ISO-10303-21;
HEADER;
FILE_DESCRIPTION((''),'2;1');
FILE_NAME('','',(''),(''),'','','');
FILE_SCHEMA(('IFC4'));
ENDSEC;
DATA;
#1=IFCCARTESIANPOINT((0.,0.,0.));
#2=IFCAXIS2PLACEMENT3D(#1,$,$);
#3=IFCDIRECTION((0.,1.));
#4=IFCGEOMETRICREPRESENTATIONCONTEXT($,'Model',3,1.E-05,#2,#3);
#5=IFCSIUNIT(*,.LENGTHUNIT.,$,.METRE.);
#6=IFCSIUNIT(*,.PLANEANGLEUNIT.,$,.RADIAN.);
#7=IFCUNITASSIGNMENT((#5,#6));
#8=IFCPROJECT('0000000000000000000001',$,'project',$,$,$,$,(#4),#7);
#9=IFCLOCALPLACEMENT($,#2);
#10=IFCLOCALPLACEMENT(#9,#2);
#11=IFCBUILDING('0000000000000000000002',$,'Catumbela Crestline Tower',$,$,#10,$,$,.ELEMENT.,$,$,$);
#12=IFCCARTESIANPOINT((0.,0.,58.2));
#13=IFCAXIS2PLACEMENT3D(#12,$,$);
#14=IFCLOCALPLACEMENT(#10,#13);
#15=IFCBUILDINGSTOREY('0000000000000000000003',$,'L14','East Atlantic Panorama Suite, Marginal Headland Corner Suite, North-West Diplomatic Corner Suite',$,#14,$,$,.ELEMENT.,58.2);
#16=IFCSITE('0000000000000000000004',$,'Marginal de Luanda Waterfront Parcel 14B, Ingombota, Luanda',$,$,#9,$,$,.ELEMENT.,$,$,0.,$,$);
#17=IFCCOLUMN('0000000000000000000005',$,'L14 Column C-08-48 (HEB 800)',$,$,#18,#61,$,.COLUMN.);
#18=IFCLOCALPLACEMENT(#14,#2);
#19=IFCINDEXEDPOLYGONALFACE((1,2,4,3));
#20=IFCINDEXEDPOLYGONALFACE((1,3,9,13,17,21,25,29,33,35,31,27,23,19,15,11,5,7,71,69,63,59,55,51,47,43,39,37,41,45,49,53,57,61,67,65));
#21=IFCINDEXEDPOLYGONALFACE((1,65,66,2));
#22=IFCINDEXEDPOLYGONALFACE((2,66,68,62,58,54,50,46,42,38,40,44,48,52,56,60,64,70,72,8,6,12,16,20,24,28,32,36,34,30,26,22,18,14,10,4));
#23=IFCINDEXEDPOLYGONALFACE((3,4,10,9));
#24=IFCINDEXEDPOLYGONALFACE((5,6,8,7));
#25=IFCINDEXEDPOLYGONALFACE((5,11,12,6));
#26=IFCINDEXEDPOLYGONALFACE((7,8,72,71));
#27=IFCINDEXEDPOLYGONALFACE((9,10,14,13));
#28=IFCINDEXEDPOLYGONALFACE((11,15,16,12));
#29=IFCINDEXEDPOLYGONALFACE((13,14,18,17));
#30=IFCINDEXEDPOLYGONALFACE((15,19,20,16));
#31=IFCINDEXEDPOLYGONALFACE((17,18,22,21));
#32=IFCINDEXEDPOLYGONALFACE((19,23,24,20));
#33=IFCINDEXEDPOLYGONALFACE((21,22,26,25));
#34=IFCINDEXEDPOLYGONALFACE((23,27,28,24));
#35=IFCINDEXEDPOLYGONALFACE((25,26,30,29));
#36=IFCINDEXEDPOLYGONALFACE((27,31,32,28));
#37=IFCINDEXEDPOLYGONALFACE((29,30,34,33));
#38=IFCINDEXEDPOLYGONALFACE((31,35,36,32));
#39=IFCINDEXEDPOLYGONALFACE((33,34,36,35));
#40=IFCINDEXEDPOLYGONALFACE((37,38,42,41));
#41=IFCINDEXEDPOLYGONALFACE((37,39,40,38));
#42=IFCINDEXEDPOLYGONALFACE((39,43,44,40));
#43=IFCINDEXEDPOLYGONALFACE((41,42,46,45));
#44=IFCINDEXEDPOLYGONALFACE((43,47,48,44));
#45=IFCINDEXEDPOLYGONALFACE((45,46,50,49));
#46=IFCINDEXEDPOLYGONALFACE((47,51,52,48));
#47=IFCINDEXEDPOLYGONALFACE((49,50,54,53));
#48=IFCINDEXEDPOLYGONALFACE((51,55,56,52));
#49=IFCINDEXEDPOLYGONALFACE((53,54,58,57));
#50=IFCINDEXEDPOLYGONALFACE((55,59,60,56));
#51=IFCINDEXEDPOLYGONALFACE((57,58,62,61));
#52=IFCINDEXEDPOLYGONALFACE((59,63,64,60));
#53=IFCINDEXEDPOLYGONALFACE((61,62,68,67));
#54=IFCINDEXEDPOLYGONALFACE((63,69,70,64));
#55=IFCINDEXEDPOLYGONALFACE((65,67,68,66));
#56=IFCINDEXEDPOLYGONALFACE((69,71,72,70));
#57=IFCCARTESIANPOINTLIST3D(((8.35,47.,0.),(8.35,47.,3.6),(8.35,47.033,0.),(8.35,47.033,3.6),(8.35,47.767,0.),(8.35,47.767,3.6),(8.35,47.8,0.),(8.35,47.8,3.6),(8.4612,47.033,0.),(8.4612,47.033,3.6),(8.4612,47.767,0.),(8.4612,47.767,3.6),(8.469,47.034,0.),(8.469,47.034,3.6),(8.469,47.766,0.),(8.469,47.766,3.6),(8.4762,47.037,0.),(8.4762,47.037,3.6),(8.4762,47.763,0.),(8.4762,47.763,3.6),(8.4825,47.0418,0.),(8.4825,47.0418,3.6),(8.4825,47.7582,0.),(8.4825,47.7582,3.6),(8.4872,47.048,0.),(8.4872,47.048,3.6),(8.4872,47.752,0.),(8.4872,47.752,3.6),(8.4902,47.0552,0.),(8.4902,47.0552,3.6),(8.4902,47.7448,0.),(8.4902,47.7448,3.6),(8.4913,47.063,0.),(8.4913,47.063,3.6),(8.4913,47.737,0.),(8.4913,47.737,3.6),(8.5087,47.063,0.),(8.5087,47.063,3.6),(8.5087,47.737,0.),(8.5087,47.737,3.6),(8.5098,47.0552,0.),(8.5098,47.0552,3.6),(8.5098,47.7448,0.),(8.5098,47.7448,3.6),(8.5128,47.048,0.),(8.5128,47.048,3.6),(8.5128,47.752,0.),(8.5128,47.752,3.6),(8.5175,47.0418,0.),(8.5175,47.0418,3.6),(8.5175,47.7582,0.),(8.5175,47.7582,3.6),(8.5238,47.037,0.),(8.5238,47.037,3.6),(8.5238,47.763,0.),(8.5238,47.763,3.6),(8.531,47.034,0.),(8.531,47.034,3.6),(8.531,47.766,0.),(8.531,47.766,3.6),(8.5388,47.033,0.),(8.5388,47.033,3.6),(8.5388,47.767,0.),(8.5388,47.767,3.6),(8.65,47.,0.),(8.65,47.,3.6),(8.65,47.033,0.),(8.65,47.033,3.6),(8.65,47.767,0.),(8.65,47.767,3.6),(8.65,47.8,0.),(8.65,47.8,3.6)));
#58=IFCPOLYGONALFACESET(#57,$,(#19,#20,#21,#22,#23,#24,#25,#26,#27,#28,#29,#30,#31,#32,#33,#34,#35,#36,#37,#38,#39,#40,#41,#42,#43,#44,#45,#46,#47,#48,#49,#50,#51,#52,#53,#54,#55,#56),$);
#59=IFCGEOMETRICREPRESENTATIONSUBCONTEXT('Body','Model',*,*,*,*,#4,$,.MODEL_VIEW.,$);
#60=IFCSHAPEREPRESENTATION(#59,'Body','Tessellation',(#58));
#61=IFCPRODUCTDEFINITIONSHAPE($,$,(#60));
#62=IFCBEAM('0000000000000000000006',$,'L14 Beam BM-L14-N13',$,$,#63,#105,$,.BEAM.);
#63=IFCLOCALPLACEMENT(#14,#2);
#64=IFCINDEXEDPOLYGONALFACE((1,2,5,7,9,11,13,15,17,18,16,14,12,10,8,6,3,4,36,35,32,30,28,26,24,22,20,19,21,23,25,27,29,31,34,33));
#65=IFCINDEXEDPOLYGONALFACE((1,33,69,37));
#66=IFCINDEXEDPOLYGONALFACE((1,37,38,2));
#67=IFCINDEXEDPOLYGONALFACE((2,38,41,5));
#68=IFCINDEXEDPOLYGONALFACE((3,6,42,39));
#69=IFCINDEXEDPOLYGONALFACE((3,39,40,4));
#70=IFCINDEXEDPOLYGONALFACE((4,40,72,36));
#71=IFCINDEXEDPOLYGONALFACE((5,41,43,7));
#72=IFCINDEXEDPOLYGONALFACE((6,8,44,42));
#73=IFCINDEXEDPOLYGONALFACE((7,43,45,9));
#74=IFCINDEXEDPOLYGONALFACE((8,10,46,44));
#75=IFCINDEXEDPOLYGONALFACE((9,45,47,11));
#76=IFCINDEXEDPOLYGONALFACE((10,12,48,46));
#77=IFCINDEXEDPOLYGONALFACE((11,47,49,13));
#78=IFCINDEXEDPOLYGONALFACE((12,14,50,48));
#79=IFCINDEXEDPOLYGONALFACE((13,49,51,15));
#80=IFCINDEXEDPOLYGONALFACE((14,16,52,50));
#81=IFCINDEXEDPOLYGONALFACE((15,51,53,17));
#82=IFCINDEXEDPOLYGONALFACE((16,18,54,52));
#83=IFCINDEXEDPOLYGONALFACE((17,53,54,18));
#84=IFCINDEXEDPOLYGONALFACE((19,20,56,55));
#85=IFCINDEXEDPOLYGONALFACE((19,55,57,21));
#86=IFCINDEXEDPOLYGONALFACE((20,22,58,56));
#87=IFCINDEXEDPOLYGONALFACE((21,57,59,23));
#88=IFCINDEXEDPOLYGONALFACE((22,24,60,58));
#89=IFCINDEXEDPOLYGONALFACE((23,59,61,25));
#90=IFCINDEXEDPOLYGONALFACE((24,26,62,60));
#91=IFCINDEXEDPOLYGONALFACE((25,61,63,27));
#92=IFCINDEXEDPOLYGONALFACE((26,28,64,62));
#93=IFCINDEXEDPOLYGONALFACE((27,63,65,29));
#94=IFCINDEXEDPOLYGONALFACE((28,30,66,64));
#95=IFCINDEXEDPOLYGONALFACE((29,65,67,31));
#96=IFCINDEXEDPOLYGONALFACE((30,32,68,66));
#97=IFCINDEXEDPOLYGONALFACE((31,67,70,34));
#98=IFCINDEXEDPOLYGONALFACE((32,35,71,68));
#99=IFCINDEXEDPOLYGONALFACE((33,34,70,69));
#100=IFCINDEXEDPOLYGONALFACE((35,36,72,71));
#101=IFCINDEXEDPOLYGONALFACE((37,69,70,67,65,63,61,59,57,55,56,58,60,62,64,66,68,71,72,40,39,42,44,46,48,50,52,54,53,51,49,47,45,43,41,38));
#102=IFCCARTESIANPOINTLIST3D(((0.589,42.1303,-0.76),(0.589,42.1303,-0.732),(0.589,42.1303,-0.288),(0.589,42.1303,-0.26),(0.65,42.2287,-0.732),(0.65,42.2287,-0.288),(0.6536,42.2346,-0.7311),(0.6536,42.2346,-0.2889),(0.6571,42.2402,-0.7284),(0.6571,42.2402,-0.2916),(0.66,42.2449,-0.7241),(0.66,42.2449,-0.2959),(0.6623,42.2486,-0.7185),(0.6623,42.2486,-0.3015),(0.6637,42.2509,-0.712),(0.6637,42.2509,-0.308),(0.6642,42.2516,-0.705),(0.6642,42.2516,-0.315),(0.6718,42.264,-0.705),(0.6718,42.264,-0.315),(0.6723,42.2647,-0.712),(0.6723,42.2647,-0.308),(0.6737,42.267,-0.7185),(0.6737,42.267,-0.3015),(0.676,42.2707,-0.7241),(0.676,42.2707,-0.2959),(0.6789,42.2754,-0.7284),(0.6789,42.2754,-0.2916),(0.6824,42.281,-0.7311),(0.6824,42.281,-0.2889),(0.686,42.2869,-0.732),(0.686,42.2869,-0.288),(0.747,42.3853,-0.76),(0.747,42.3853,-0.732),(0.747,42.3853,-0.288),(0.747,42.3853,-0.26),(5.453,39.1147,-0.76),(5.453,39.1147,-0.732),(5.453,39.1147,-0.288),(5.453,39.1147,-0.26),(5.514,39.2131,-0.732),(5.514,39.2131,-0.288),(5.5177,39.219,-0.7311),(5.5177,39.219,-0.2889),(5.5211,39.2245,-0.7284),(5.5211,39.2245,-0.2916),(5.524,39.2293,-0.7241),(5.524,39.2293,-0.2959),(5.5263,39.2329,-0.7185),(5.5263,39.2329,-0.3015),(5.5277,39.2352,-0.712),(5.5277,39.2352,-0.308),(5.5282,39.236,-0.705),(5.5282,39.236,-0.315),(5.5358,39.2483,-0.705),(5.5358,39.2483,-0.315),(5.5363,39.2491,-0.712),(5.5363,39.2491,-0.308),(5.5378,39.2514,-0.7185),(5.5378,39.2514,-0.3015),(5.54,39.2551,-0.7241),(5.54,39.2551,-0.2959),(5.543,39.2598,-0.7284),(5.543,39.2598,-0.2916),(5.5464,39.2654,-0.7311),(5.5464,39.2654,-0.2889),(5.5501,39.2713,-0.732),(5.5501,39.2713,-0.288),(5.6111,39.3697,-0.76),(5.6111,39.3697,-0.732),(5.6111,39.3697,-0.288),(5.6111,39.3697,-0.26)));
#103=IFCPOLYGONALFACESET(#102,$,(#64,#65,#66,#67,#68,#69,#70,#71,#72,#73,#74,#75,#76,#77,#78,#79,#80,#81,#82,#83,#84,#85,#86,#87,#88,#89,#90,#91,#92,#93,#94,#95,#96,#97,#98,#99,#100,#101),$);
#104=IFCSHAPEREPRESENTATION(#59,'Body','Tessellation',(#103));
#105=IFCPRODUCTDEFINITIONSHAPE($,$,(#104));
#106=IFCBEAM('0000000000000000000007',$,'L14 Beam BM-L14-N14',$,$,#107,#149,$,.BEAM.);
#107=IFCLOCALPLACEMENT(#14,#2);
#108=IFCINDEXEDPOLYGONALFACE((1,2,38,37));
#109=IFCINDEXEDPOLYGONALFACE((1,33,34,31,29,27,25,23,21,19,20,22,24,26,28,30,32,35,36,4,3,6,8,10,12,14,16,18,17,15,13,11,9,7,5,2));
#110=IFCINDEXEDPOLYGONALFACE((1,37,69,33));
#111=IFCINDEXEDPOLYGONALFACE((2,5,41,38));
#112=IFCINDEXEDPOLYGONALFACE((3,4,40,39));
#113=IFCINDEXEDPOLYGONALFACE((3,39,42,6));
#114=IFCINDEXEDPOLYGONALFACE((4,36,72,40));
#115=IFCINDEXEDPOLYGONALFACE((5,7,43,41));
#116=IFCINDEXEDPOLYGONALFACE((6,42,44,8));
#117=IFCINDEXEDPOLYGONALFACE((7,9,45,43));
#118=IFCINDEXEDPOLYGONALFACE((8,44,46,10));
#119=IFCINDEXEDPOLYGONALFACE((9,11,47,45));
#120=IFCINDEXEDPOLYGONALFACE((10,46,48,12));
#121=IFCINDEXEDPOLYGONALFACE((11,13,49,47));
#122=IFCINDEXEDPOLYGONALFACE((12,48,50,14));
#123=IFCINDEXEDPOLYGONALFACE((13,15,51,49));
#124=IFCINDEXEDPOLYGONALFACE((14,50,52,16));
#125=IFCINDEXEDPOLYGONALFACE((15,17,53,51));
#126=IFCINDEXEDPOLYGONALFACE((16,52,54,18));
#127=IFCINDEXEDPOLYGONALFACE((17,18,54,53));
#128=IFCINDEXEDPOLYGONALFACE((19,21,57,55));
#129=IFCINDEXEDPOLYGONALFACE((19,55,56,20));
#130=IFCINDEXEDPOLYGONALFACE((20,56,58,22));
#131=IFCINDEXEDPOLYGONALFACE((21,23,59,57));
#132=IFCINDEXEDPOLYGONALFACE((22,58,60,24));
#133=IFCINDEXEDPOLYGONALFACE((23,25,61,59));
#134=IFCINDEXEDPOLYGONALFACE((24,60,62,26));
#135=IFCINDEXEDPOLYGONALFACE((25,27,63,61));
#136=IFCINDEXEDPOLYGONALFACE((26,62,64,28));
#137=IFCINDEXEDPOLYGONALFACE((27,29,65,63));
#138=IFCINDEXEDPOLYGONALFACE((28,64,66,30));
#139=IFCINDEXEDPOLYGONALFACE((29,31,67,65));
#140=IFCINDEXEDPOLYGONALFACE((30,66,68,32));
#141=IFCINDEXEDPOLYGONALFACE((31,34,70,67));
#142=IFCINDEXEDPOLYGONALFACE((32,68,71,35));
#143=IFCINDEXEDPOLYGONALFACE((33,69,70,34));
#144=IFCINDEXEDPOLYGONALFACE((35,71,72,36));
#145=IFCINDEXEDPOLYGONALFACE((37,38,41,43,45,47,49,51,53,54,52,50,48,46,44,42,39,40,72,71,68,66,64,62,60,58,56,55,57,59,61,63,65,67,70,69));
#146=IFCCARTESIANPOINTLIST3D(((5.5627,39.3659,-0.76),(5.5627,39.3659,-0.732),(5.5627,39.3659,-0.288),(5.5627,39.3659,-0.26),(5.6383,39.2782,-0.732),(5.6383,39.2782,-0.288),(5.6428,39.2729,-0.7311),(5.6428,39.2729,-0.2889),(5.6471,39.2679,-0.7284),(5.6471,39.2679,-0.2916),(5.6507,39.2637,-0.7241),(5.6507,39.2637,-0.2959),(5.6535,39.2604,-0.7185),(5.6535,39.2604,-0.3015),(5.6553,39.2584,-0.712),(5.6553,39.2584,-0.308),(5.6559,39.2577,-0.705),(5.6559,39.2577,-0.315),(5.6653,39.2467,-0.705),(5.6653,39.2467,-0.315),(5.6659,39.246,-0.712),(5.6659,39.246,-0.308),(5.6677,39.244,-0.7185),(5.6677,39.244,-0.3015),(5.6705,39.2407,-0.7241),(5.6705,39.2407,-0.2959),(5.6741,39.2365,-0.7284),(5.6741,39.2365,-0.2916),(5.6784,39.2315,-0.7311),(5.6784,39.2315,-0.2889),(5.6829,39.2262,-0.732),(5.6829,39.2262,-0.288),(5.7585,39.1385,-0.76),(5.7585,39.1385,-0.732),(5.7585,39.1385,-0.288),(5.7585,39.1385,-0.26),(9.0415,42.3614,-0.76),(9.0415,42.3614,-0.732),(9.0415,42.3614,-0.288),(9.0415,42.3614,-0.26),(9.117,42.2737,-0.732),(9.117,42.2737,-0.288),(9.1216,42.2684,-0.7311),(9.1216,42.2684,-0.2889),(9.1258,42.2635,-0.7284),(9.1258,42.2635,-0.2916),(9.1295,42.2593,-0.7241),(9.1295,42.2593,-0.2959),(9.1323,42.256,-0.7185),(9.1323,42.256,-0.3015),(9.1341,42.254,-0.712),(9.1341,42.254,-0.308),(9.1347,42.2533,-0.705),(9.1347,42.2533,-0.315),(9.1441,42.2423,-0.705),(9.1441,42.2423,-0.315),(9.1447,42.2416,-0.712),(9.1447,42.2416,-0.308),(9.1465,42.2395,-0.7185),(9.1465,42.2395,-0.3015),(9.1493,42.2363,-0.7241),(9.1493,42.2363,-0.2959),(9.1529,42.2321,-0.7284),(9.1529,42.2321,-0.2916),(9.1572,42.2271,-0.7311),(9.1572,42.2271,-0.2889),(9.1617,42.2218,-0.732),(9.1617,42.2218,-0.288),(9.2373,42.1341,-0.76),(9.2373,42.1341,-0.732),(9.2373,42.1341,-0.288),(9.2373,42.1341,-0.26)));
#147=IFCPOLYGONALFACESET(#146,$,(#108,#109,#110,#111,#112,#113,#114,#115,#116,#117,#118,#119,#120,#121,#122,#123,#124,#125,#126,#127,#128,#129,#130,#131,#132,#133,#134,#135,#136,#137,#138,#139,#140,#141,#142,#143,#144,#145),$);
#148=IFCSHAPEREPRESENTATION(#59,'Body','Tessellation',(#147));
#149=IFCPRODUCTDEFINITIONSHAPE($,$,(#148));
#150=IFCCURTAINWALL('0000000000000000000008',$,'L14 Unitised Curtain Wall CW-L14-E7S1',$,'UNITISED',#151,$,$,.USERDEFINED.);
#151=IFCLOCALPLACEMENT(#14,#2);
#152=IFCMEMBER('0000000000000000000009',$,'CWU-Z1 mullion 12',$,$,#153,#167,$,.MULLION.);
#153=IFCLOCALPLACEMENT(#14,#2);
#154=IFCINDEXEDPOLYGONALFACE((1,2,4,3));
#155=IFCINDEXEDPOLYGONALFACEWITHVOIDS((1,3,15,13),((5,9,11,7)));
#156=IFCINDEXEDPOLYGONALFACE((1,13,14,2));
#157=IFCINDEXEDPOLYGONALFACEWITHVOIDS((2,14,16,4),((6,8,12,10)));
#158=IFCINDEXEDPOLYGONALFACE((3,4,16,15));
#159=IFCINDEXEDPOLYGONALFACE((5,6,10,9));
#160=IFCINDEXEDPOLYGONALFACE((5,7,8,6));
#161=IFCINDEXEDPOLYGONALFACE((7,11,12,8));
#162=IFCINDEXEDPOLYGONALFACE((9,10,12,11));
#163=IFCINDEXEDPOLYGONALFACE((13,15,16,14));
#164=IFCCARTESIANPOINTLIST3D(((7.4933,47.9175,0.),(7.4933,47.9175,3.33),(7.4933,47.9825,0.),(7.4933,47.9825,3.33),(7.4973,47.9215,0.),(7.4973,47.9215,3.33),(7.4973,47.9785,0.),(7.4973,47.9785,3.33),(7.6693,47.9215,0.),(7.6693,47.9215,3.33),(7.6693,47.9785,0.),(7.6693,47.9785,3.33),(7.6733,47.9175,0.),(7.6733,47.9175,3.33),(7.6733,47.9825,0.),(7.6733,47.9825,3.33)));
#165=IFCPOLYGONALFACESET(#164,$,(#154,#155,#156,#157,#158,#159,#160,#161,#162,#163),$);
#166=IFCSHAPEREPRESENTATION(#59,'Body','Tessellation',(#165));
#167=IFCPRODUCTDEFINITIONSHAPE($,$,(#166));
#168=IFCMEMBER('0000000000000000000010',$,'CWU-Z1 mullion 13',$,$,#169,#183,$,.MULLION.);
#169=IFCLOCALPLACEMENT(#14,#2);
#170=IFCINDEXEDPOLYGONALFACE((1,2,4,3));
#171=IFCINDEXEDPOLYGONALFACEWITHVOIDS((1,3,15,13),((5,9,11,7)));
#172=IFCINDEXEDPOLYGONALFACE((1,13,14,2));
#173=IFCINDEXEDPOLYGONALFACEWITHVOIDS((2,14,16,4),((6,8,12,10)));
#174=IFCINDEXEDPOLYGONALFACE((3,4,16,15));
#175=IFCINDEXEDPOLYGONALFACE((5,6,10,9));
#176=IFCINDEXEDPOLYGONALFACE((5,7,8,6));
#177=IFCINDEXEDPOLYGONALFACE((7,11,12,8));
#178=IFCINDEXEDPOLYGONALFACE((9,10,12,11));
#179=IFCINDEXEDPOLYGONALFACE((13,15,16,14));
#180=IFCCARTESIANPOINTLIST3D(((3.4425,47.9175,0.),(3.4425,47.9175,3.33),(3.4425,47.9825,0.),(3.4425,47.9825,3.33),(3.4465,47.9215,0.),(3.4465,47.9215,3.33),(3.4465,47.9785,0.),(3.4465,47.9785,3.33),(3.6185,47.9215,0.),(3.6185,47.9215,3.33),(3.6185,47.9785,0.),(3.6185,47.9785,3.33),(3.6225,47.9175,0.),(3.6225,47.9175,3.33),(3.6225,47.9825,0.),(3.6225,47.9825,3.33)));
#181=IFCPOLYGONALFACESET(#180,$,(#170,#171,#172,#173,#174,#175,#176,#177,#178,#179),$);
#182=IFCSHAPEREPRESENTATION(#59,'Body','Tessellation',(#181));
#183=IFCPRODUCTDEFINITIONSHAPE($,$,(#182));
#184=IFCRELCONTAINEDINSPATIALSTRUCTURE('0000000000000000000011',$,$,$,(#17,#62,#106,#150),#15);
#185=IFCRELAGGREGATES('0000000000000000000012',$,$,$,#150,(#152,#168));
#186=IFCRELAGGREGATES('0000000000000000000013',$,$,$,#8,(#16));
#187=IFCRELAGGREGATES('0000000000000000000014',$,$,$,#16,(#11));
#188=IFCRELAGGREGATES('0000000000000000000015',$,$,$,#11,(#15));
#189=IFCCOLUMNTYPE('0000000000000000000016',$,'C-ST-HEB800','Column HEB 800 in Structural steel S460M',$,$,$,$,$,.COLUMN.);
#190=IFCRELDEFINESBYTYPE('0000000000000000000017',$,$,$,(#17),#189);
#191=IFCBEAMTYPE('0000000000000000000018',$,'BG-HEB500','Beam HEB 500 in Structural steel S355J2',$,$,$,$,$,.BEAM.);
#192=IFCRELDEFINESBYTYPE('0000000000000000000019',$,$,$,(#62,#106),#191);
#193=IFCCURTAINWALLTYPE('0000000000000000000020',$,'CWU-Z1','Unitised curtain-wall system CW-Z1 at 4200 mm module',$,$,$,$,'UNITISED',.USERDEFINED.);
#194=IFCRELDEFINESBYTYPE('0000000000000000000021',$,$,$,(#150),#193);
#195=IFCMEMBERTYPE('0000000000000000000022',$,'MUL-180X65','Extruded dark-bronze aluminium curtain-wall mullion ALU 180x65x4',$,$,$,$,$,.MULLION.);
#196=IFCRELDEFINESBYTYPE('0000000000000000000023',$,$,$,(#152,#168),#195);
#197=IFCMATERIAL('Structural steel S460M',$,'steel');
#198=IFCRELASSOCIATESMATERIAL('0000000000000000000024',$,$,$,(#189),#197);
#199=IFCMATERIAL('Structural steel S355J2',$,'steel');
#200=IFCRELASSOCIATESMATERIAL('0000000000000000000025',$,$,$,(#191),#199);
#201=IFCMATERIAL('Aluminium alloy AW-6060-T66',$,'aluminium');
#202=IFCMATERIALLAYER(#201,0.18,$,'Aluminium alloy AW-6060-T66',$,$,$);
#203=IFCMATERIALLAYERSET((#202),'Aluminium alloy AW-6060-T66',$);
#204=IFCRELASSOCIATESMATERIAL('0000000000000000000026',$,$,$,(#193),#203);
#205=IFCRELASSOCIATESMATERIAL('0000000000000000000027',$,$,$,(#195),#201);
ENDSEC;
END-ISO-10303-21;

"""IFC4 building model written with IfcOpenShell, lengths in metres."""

from ifc_helpers import new_model, si_unit, direction, frame, origin, origin_2d, place, context, subcontext, project, spatial, hollow_rectangle, i_section, extrude, material, layer, layer_set, material_profile, profile_set, type_object, element, aggregate, save


model = new_model("IFC4")

# Units and contexts
model_context = context("Model", 3, precision=1e-05, world=origin(), true_north=direction((0.0, 1.0)))
body_context = subcontext(model_context, "Body", "Model", "MODEL_VIEW")
ifc_project = project(units=[si_unit("LENGTHUNIT", "METRE"), si_unit("PLANEANGLEUNIT", "RADIAN")], contexts=[model_context])

# Site, building, storey
site_placement = place(None, origin())
site = spatial("IfcSite", under=ifc_project, at=site_placement, Name="Marginal de Luanda Waterfront Parcel 14B, Ingombota, Luanda", CompositionType="ELEMENT", RefElevation=0.0)
building_placement = place(site_placement, origin())
building = spatial("IfcBuilding", under=site, at=building_placement, Name="Catumbela Crestline Tower", CompositionType="ELEMENT")
storey_placement = place(building_placement, frame((0.0, 0.0, 58.2)))
storey = spatial("IfcBuildingStorey", under=building, at=storey_placement, Name="L14", Description="East Atlantic Panorama Suite, Marginal Headland Corner Suite, North-West Diplomatic Corner Suite", CompositionType="ELEMENT", Elevation=58.2)

# Column
ifc_material_1 = material(Name="Structural steel S460M", Category="steel")
ifc_material_profile_1 = material_profile(ifc_material_1, i_section(OverallWidth=0.3, OverallDepth=0.8, WebThickness=0.0175, FlangeThickness=0.033, FilletRadius=0.03, at=origin_2d()), Name="HEB 800")
ifc_profile_set_1 = profile_set([ifc_material_profile_1], Name="Structural steel S460M")
column_type = type_object("IfcColumnType", Name="C-ST-HEB800", Description="Column HEB 800 in Structural steel S460M", PredefinedType="COLUMN", material=ifc_profile_set_1)
for number, where, z_axis, x_axis, name in (
    (1, (8.5, 47.4, 0.0), (0.0, 0.0, 1.0), (1.0, 0.0, 0.0), "L14 Column C-08-48 (HEB 800)"),
):
    element("IfcColumn", number, at=place(storey_placement, frame(where, z_axis=z_axis, x_axis=x_axis)), inside=storey, type_object=column_type, Name=name, PredefinedType="COLUMN", context=body_context, shape_type="SweptSolid", body=[
        extrude(i_section(OverallWidth=0.3, OverallDepth=0.8, WebThickness=0.0175, FlangeThickness=0.033, FilletRadius=0.03, at=origin_2d()), origin(), (0.0, 0.0, 1.0), 3.6),
    ])

# Beams
ifc_material_2 = material(Name="Structural steel S355J2", Category="steel")
ifc_material_profile_2 = material_profile(ifc_material_2, i_section(OverallWidth=0.3, OverallDepth=0.5, WebThickness=0.0145, FlangeThickness=0.028, FilletRadius=0.027, at=origin_2d()), Name="HEB 500")
ifc_profile_set_2 = profile_set([ifc_material_profile_2], Name="Structural steel S355J2")
beam_type_1 = type_object("IfcBeamType", Name="BG-HEB500", Description="Beam HEB 500 in Structural steel S355J2", PredefinedType="BEAM", material=ifc_profile_set_2)
beam_1_placement = place(storey_placement, frame((0.668, 42.2578, -0.51), z_axis=(0.849909, -0.52693, 0.0), x_axis=(0.52693, 0.849909, 0.0)))
element("IfcBeam", 2, at=beam_1_placement, inside=storey, type_object=beam_type_1, Name="L14 Beam BM-L14-N13", PredefinedType="BEAM", context=body_context, shape_type="SweptSolid", body=[
    extrude(i_section(OverallWidth=0.3, OverallDepth=0.5, WebThickness=0.0145, FlangeThickness=0.028, FilletRadius=0.027, at=origin_2d()), origin(), (0.0, 0.0, 1.0), 5.723),
])
beam_2_placement = place(storey_placement, frame((5.6606, 39.2522, -0.51), z_axis=(0.757772, 0.652519, 0.0), x_axis=(-0.652519, 0.757772, 0.0)))
element("IfcBeam", 3, at=beam_2_placement, inside=storey, type_object=beam_type_1, Name="L14 Beam BM-L14-N14", PredefinedType="BEAM", context=body_context, shape_type="SweptSolid", body=[
    extrude(i_section(OverallWidth=0.3, OverallDepth=0.5, WebThickness=0.0145, FlangeThickness=0.028, FilletRadius=0.027, at=origin_2d()), origin(), (0.0, 0.0, 1.0), 4.5908),
])

# Curtain wall, members
ifc_material_3 = material(Name="Aluminium alloy AW-6060-T66", Category="aluminium")
ifc_layer_1 = layer(ifc_material_3, 0.18, Name="Aluminium alloy AW-6060-T66")
ifc_layer_set_1 = layer_set([ifc_layer_1], Name="Aluminium alloy AW-6060-T66")
curtain_wall_type = type_object("IfcCurtainWallType", Name="CWU-Z1", Description="Unitised curtain-wall system CW-Z1 at 4200 mm module", ElementType="UNITISED", PredefinedType="USERDEFINED", material=ifc_layer_set_1)
curtain_wall_1_placement = place(storey_placement, origin())
curtain_wall_1 = element("IfcCurtainWall", 4, at=curtain_wall_1_placement, inside=storey, type_object=curtain_wall_type, Name="L14 Unitised Curtain Wall CW-L14-E7S1", ObjectType="UNITISED", PredefinedType="USERDEFINED")
ifc_material_profile_3 = material_profile(ifc_material_3, hollow_rectangle(XDim=0.065, YDim=0.18, WallThickness=0.004, at=origin_2d()), Name="ALU 180x65x4")
ifc_profile_set_3 = profile_set([ifc_material_profile_3], Name="Aluminium alloy AW-6060-T66")
member_type_1 = type_object("IfcMemberType", Name="MUL-180X65", Description="Extruded dark-bronze aluminium curtain-wall mullion ALU 180x65x4", PredefinedType="MULLION", material=ifc_profile_set_3)
member_1_placement = place(storey_placement, frame((7.5833, 47.95, 0.0), z_axis=(0.0, 0.0, 1.0), x_axis=(0.0, -1.0, 0.0)))
member_1 = element("IfcMember", 5, at=member_1_placement, type_object=member_type_1, Name="CWU-Z1 mullion 12", PredefinedType="MULLION", context=body_context, shape_type="SweptSolid", body=[
    extrude(hollow_rectangle(XDim=0.065, YDim=0.18, WallThickness=0.004, at=origin_2d()), origin(), (0.0, 0.0, 1.0), 3.33),
])
member_2_placement = place(storey_placement, frame((3.5325, 47.95, 0.0), z_axis=(0.0, 0.0, 1.0), x_axis=(0.0, -1.0, 0.0)))
member_2 = element("IfcMember", 6, at=member_2_placement, type_object=member_type_1, Name="CWU-Z1 mullion 13", PredefinedType="MULLION", context=body_context, shape_type="SweptSolid", body=[
    extrude(hollow_rectangle(XDim=0.065, YDim=0.18, WallThickness=0.004, at=origin_2d()), origin(), (0.0, 0.0, 1.0), 3.33),
])

aggregate(curtain_wall_1, [member_1, member_2])

save(model, "model.ifc")
